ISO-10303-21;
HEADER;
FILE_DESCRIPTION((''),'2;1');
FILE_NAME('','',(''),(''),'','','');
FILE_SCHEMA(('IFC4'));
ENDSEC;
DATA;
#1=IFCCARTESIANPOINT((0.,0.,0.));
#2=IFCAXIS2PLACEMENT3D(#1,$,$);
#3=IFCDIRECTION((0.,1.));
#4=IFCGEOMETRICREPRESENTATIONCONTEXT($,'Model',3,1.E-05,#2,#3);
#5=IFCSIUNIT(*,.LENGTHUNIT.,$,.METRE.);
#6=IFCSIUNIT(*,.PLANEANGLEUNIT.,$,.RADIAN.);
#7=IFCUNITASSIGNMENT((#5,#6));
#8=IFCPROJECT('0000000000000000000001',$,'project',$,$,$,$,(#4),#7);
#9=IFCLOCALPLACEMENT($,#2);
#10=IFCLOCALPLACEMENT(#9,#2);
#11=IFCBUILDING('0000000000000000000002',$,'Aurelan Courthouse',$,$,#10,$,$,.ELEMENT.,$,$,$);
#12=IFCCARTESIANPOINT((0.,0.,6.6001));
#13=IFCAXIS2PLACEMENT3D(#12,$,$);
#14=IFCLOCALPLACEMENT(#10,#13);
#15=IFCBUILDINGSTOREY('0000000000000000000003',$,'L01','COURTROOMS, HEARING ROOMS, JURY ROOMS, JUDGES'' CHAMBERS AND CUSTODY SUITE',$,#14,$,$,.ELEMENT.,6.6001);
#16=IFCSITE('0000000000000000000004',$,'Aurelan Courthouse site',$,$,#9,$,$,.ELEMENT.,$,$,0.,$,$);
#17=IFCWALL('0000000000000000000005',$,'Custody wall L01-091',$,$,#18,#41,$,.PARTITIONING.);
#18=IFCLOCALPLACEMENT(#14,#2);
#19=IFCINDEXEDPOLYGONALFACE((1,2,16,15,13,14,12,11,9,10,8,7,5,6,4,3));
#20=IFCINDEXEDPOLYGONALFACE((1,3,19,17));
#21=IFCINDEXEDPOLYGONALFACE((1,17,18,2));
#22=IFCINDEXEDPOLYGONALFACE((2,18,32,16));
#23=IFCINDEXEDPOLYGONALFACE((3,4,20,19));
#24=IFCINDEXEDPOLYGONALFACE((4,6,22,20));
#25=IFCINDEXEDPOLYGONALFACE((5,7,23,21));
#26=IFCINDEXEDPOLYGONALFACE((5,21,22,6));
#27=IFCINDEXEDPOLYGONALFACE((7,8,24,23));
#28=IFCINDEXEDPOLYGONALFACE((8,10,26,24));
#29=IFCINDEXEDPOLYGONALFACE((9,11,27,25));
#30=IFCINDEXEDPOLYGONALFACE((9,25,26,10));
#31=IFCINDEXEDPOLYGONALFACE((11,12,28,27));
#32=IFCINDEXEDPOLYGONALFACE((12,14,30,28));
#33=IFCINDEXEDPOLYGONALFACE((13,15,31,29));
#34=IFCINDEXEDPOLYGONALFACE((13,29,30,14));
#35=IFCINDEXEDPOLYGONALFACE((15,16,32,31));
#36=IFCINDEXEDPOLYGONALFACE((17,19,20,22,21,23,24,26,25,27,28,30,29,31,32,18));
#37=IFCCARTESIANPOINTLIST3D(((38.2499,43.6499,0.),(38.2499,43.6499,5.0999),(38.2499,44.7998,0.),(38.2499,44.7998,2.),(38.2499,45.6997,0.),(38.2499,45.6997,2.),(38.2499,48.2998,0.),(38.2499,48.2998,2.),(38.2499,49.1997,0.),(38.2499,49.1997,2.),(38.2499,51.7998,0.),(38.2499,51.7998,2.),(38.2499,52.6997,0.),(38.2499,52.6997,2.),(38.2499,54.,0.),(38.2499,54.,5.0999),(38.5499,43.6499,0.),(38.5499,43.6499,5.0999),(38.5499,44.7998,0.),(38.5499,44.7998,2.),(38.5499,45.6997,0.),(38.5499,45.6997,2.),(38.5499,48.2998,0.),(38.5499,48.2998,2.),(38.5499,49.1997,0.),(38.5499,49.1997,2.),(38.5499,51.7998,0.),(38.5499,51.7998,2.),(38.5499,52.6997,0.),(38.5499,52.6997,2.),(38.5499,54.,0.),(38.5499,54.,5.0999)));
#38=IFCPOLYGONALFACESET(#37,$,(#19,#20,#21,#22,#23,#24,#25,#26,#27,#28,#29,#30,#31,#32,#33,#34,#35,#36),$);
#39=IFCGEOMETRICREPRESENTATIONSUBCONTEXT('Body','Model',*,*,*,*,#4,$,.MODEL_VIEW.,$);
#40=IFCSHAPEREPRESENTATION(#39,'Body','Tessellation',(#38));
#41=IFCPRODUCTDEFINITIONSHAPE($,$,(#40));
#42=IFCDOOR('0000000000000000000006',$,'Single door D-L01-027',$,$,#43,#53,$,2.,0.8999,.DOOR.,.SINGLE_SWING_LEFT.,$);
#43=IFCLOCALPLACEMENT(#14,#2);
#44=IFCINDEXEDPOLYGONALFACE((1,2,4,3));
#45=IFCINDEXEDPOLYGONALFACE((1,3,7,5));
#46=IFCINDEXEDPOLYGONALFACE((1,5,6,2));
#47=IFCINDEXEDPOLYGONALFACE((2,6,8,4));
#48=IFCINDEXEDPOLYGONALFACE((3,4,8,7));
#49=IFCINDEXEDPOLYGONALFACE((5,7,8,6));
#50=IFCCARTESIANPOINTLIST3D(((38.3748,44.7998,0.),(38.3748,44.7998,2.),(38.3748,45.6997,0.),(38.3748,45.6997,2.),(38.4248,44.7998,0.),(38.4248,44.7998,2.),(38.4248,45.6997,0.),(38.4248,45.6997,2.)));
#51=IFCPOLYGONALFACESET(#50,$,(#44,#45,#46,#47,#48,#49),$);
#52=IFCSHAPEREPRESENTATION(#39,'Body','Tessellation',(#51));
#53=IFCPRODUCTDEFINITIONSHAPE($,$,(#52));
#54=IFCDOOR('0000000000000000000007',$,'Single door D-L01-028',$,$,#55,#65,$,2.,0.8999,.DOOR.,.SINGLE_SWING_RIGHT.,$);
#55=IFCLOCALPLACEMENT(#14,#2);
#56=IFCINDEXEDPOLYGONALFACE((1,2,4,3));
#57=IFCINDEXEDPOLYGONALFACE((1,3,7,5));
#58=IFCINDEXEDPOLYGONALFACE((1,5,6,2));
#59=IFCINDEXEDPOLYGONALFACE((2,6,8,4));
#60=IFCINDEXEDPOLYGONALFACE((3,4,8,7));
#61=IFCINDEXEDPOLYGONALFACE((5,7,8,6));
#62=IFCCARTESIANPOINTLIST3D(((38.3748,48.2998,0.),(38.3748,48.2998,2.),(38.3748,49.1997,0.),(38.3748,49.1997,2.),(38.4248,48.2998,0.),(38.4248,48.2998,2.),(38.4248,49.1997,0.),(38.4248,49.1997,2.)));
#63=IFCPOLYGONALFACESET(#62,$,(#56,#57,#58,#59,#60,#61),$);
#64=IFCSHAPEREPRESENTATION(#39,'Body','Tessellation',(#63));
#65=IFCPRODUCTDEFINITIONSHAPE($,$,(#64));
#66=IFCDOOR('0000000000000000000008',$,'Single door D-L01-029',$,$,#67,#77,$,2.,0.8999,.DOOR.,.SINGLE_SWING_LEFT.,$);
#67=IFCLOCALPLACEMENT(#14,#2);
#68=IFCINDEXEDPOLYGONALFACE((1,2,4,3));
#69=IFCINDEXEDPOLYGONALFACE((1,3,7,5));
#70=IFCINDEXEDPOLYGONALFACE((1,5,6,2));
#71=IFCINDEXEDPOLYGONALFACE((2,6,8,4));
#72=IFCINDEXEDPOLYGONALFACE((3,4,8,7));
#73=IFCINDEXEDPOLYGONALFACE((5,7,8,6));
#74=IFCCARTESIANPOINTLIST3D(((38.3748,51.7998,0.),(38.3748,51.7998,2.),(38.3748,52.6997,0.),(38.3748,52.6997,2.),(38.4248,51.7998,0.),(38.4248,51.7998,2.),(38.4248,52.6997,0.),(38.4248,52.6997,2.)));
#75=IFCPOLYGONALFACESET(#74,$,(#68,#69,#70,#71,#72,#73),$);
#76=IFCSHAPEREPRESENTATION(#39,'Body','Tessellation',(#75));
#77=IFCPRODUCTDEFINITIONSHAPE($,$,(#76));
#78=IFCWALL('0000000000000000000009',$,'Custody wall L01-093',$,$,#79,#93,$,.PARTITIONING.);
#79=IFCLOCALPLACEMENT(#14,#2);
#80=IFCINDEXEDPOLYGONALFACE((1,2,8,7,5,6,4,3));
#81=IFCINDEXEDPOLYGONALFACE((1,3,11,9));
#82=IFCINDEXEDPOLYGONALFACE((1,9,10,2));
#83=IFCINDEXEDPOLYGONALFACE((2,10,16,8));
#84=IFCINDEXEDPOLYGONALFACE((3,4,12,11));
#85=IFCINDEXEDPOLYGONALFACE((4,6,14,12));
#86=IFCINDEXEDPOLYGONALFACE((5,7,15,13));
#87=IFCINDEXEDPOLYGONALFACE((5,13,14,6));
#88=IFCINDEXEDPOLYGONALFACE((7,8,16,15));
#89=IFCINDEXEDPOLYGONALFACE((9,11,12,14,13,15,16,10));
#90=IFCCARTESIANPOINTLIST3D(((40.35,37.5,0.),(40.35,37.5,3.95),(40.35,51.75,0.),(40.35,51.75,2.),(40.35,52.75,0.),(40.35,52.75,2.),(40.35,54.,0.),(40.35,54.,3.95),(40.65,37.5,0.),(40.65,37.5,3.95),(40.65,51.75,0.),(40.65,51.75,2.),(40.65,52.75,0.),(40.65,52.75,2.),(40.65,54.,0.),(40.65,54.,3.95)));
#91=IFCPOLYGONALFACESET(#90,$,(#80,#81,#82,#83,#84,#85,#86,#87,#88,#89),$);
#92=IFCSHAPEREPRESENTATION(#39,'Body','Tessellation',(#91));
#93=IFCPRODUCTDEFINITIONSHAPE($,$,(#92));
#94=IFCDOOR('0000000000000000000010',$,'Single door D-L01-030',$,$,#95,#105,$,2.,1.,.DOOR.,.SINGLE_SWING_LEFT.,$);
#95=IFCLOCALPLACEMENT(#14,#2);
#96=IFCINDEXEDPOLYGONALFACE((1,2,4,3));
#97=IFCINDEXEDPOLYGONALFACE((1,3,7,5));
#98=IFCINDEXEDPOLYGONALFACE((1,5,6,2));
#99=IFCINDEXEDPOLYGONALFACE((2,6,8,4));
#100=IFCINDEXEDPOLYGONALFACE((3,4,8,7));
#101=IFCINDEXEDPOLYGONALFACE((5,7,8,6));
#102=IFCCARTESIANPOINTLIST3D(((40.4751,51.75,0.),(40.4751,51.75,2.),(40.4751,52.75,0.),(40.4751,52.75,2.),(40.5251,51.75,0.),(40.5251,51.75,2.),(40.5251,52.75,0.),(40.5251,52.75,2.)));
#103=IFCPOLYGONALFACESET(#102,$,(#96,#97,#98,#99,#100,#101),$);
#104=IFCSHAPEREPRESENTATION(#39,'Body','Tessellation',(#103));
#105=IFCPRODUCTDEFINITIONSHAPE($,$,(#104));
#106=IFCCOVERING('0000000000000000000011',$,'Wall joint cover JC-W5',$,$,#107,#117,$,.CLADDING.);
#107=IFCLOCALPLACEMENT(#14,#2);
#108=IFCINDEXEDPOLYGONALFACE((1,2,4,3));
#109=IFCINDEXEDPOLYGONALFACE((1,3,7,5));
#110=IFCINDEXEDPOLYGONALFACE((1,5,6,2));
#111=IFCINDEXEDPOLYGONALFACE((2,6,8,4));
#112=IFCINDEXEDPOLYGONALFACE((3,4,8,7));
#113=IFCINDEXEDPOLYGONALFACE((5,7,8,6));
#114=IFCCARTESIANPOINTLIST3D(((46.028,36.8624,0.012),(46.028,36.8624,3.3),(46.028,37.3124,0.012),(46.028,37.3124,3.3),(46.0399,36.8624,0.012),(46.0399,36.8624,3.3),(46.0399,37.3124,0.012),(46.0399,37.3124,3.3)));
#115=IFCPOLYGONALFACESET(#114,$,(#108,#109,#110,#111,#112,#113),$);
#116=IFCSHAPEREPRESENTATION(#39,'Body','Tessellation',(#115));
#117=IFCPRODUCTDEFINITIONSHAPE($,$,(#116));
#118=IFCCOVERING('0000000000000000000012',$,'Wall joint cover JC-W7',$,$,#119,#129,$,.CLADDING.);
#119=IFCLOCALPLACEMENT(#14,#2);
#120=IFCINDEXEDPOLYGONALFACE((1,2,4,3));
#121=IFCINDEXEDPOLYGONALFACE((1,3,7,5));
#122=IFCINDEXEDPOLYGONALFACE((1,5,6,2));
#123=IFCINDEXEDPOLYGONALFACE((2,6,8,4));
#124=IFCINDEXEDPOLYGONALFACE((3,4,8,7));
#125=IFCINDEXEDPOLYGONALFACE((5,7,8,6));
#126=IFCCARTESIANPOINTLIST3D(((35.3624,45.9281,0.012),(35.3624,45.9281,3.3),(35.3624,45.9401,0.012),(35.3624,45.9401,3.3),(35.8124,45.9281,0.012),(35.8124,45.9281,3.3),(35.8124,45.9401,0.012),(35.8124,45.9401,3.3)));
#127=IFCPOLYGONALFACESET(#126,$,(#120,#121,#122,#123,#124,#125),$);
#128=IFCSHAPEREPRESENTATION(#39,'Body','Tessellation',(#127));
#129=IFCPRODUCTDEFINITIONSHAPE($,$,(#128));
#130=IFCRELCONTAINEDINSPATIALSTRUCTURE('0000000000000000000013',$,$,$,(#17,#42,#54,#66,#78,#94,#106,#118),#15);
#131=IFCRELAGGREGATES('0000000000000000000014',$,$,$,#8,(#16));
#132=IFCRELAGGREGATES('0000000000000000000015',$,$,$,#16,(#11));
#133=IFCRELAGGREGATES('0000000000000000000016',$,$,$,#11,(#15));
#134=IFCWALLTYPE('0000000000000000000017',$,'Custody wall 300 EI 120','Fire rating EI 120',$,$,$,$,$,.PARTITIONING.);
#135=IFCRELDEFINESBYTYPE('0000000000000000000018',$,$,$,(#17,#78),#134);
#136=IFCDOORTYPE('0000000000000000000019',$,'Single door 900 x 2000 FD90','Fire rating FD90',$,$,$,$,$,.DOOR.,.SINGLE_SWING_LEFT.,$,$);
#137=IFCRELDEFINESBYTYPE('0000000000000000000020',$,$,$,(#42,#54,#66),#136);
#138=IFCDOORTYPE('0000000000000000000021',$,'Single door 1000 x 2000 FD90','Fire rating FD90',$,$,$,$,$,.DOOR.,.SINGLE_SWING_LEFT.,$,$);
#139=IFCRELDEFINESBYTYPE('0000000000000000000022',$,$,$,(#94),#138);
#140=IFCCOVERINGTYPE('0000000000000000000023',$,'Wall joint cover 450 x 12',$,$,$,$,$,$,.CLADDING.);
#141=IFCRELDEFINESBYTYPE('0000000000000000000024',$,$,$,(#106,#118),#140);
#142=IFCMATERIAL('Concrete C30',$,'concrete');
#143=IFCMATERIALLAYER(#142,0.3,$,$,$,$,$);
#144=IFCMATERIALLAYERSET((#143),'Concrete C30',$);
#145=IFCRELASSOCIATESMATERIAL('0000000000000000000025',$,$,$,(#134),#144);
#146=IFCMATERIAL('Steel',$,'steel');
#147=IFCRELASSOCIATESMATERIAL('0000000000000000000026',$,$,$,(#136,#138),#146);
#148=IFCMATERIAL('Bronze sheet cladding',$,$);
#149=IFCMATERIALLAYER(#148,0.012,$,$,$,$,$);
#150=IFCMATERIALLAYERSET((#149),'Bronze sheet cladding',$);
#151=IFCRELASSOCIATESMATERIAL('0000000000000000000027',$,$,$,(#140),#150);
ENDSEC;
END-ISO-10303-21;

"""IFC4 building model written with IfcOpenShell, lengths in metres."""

from ifc_helpers import new_model, si_unit, direction, frame, frame_2d, origin, origin_2d, place, context, subcontext, project, spatial, rectangle, extrude, material, layer, layer_set, type_object, element, fill, save


model = new_model("IFC4")

# Units and contexts
model_context = context("Model", 3, precision=1e-05, world=origin(), true_north=direction((0.0, 1.0)))
body_context = subcontext(model_context, "Body", "Model", "MODEL_VIEW")
ifc_project = project(units=[si_unit("LENGTHUNIT", "METRE"), si_unit("PLANEANGLEUNIT", "RADIAN")], contexts=[model_context])

# Site, building, storey
site_placement = place(None, origin())
site = spatial("IfcSite", under=ifc_project, at=site_placement, Name="Aurelan Courthouse site", CompositionType="ELEMENT", RefElevation=0.0)
building_placement = place(site_placement, origin())
building = spatial("IfcBuilding", under=site, at=building_placement, Name="Aurelan Courthouse", CompositionType="ELEMENT")
storey_placement = place(building_placement, frame((0.0, 0.0, 6.6001)))
storey = spatial("IfcBuildingStorey", under=building, at=storey_placement, Name="L01", Description="COURTROOMS, HEARING ROOMS, JURY ROOMS, JUDGES' CHAMBERS AND CUSTODY SUITE", CompositionType="ELEMENT", Elevation=6.6001)

# Shared definitions
ifc_material_1 = material(Name="Concrete C30", Category="concrete")

# Shared definitions
ifc_layer_1 = layer(ifc_material_1, 0.3)
ifc_layer_set_1 = layer_set([ifc_layer_1], Name="Concrete C30")
wall_type_1 = type_object("IfcWallType", Name="Custody wall 300 EI 120", Description="Fire rating EI 120", PredefinedType="PARTITIONING", material=ifc_layer_set_1)
ifc_material_2 = material(Name="Steel", Category="steel")

# Wall, openings, doors
wall_1_placement = place(storey_placement, frame((38.3999, 43.6499, 0.0), z_axis=(0.0, 0.0, 1.0), x_axis=(0.0, 1.0, 0.0)))
wall_1 = element("IfcWall", 1, at=wall_1_placement, inside=storey, type_object=wall_type_1, Name="Custody wall L01-091", PredefinedType="PARTITIONING", context=body_context, shape_type="SweptSolid", body=[
    extrude(rectangle(XDim=10.3501, YDim=0.3, at=frame_2d((5.175, 0.0))), origin(), (0.0, 0.0, 1.0), 5.0999),
])
opening_1_placement = place(wall_1_placement, frame((2.0498, 0.0, 0.0), z_axis=(0.0, 0.0, 1.0), x_axis=(-1.0, 0.0, 0.0)))
opening_1 = element("IfcOpeningElement", 2, at=opening_1_placement, cuts=wall_1, PredefinedType="OPENING", context=body_context, shape_type="SweptSolid", body=[
    extrude(rectangle(XDim=0.8999, YDim=2.0, at=frame_2d((0.45, 1.0))), frame((0.0, 0.1599, 0.0), z_axis=(0.0, -1.0, 0.0), x_axis=(1.0, 0.0, 0.0)), (0.0, 0.0, 1.0), 0.3201),
])
opening_2_placement = place(wall_1_placement, frame((5.5498, 0.0, 0.0), z_axis=(0.0, 0.0, 1.0), x_axis=(-1.0, 0.0, 0.0)))
opening_2 = element("IfcOpeningElement", 3, at=opening_2_placement, cuts=wall_1, PredefinedType="OPENING", context=body_context, shape_type="SweptSolid", body=[
    extrude(rectangle(XDim=0.8999, YDim=2.0, at=frame_2d((0.45, 1.0))), frame((0.0, 0.1599, 0.0), z_axis=(0.0, -1.0, 0.0), x_axis=(1.0, 0.0, 0.0)), (0.0, 0.0, 1.0), 0.3201),
])
opening_3_placement = place(wall_1_placement, frame((9.0498, 0.0, 0.0), z_axis=(0.0, 0.0, 1.0), x_axis=(-1.0, 0.0, 0.0)))
opening_3 = element("IfcOpeningElement", 4, at=opening_3_placement, cuts=wall_1, PredefinedType="OPENING", context=body_context, shape_type="SweptSolid", body=[
    extrude(rectangle(XDim=0.8999, YDim=2.0, at=frame_2d((0.45, 1.0))), frame((0.0, 0.1599, 0.0), z_axis=(0.0, -1.0, 0.0), x_axis=(1.0, 0.0, 0.0)), (0.0, 0.0, 1.0), 0.3201),
])
door_type_1 = type_object("IfcDoorType", Name="Single door 900 x 2000 FD90", Description="Fire rating FD90", OperationType="SINGLE_SWING_LEFT", PredefinedType="DOOR", material=ifc_material_2)
door_1_placement = place(opening_1_placement, origin())
door_1 = element("IfcDoor", 5, at=door_1_placement, inside=storey, type_object=door_type_1, Name="Single door D-L01-027", OperationType="SINGLE_SWING_LEFT", OverallHeight=2.0, OverallWidth=0.8999, PredefinedType="DOOR", context=body_context, shape_type="SweptSolid", body=[
    extrude(rectangle(XDim=0.8999, YDim=2.0, at=frame_2d((0.45, 1.0))), frame((0.0, 0.0249, 0.0), z_axis=(0.0, -1.0, 0.0), x_axis=(1.0, 0.0, 0.0)), (0.0, 0.0, 1.0), 0.05),
])
fill(opening_1, door_1)
door_2_placement = place(opening_2_placement, origin())
door_2 = element("IfcDoor", 6, at=door_2_placement, inside=storey, type_object=door_type_1, Name="Single door D-L01-028", OperationType="SINGLE_SWING_RIGHT", OverallHeight=2.0, OverallWidth=0.8999, PredefinedType="DOOR", context=body_context, shape_type="SweptSolid", body=[
    extrude(rectangle(XDim=0.8999, YDim=2.0, at=frame_2d((0.45, 1.0))), frame((0.0, 0.0249, 0.0), z_axis=(0.0, -1.0, 0.0), x_axis=(1.0, 0.0, 0.0)), (0.0, 0.0, 1.0), 0.05),
])
fill(opening_2, door_2)
door_3_placement = place(opening_3_placement, origin())
door_3 = element("IfcDoor", 7, at=door_3_placement, inside=storey, type_object=door_type_1, Name="Single door D-L01-029", OperationType="SINGLE_SWING_LEFT", OverallHeight=2.0, OverallWidth=0.8999, PredefinedType="DOOR", context=body_context, shape_type="SweptSolid", body=[
    extrude(rectangle(XDim=0.8999, YDim=2.0, at=frame_2d((0.45, 1.0))), frame((0.0, 0.0249, 0.0), z_axis=(0.0, -1.0, 0.0), x_axis=(1.0, 0.0, 0.0)), (0.0, 0.0, 1.0), 0.05),
])
fill(opening_3, door_3)

# Wall, opening, door
wall_2_placement = place(storey_placement, frame((40.5, 37.5, 0.0), z_axis=(0.0, 0.0, 1.0), x_axis=(0.0, 1.0, 0.0)))
wall_2 = element("IfcWall", 8, at=wall_2_placement, inside=storey, type_object=wall_type_1, Name="Custody wall L01-093", PredefinedType="PARTITIONING", context=body_context, shape_type="SweptSolid", body=[
    extrude(rectangle(XDim=16.5, YDim=0.3, at=frame_2d((8.25, 0.0))), origin(), (0.0, 0.0, 1.0), 3.95),
])
opening_4_placement = place(wall_2_placement, frame((14.25, 0.0, 0.0)))
opening_4 = element("IfcOpeningElement", 9, at=opening_4_placement, cuts=wall_2, PredefinedType="OPENING", context=body_context, shape_type="SweptSolid", body=[
    extrude(rectangle(XDim=1.0, YDim=2.0, at=frame_2d((0.5, 1.0))), frame((0.0, 0.1599, 0.0), z_axis=(0.0, -1.0, 0.0), x_axis=(1.0, 0.0, 0.0)), (0.0, 0.0, 1.0), 0.3201),
])
door_type_2 = type_object("IfcDoorType", Name="Single door 1000 x 2000 FD90", Description="Fire rating FD90", OperationType="SINGLE_SWING_LEFT", PredefinedType="DOOR", material=ifc_material_2)
door_4_placement = place(opening_4_placement, origin())
door_4 = element("IfcDoor", 10, at=door_4_placement, inside=storey, type_object=door_type_2, Name="Single door D-L01-030", OperationType="SINGLE_SWING_LEFT", OverallHeight=2.0, OverallWidth=1.0, PredefinedType="DOOR", context=body_context, shape_type="SweptSolid", body=[
    extrude(rectangle(XDim=1.0, YDim=2.0, at=frame_2d((0.5, 1.0))), frame((0.0, 0.0249, 0.0), z_axis=(0.0, -1.0, 0.0), x_axis=(1.0, 0.0, 0.0)), (0.0, 0.0, 1.0), 0.05),
])
fill(opening_4, door_4)

# Coverings
ifc_material_3 = material(Name="Bronze sheet cladding")
ifc_layer_2 = layer(ifc_material_3, 0.012)
ifc_layer_set_2 = layer_set([ifc_layer_2], Name="Bronze sheet cladding")
covering_type = type_object("IfcCoveringType", Name="Wall joint cover 450 x 12", PredefinedType="CLADDING", material=ifc_layer_set_2)
covering_1_placement = place(storey_placement, frame((46.0339, 37.0874, 0.012), z_axis=(0.0, 0.0, 1.0), x_axis=(1.0, 0.0, 0.0)))
element("IfcCovering", 11, at=covering_1_placement, inside=storey, type_object=covering_type, Name="Wall joint cover JC-W5", PredefinedType="CLADDING", context=body_context, shape_type="SweptSolid", body=[
    extrude(rectangle(XDim=0.012, YDim=0.45, at=origin_2d()), origin(), (0.0, 0.0, 1.0), 3.2881),
])
covering_2_placement = place(storey_placement, frame((35.5874, 45.9341, 0.012), z_axis=(0.0, 0.0, 1.0), x_axis=(1.0, 0.0, 0.0)))
element("IfcCovering", 12, at=covering_2_placement, inside=storey, type_object=covering_type, Name="Wall joint cover JC-W7", PredefinedType="CLADDING", context=body_context, shape_type="SweptSolid", body=[
    extrude(rectangle(XDim=0.45, YDim=0.012, at=origin_2d()), origin(), (0.0, 0.0, 1.0), 3.2881),
])

save(model, "model.ifc")
